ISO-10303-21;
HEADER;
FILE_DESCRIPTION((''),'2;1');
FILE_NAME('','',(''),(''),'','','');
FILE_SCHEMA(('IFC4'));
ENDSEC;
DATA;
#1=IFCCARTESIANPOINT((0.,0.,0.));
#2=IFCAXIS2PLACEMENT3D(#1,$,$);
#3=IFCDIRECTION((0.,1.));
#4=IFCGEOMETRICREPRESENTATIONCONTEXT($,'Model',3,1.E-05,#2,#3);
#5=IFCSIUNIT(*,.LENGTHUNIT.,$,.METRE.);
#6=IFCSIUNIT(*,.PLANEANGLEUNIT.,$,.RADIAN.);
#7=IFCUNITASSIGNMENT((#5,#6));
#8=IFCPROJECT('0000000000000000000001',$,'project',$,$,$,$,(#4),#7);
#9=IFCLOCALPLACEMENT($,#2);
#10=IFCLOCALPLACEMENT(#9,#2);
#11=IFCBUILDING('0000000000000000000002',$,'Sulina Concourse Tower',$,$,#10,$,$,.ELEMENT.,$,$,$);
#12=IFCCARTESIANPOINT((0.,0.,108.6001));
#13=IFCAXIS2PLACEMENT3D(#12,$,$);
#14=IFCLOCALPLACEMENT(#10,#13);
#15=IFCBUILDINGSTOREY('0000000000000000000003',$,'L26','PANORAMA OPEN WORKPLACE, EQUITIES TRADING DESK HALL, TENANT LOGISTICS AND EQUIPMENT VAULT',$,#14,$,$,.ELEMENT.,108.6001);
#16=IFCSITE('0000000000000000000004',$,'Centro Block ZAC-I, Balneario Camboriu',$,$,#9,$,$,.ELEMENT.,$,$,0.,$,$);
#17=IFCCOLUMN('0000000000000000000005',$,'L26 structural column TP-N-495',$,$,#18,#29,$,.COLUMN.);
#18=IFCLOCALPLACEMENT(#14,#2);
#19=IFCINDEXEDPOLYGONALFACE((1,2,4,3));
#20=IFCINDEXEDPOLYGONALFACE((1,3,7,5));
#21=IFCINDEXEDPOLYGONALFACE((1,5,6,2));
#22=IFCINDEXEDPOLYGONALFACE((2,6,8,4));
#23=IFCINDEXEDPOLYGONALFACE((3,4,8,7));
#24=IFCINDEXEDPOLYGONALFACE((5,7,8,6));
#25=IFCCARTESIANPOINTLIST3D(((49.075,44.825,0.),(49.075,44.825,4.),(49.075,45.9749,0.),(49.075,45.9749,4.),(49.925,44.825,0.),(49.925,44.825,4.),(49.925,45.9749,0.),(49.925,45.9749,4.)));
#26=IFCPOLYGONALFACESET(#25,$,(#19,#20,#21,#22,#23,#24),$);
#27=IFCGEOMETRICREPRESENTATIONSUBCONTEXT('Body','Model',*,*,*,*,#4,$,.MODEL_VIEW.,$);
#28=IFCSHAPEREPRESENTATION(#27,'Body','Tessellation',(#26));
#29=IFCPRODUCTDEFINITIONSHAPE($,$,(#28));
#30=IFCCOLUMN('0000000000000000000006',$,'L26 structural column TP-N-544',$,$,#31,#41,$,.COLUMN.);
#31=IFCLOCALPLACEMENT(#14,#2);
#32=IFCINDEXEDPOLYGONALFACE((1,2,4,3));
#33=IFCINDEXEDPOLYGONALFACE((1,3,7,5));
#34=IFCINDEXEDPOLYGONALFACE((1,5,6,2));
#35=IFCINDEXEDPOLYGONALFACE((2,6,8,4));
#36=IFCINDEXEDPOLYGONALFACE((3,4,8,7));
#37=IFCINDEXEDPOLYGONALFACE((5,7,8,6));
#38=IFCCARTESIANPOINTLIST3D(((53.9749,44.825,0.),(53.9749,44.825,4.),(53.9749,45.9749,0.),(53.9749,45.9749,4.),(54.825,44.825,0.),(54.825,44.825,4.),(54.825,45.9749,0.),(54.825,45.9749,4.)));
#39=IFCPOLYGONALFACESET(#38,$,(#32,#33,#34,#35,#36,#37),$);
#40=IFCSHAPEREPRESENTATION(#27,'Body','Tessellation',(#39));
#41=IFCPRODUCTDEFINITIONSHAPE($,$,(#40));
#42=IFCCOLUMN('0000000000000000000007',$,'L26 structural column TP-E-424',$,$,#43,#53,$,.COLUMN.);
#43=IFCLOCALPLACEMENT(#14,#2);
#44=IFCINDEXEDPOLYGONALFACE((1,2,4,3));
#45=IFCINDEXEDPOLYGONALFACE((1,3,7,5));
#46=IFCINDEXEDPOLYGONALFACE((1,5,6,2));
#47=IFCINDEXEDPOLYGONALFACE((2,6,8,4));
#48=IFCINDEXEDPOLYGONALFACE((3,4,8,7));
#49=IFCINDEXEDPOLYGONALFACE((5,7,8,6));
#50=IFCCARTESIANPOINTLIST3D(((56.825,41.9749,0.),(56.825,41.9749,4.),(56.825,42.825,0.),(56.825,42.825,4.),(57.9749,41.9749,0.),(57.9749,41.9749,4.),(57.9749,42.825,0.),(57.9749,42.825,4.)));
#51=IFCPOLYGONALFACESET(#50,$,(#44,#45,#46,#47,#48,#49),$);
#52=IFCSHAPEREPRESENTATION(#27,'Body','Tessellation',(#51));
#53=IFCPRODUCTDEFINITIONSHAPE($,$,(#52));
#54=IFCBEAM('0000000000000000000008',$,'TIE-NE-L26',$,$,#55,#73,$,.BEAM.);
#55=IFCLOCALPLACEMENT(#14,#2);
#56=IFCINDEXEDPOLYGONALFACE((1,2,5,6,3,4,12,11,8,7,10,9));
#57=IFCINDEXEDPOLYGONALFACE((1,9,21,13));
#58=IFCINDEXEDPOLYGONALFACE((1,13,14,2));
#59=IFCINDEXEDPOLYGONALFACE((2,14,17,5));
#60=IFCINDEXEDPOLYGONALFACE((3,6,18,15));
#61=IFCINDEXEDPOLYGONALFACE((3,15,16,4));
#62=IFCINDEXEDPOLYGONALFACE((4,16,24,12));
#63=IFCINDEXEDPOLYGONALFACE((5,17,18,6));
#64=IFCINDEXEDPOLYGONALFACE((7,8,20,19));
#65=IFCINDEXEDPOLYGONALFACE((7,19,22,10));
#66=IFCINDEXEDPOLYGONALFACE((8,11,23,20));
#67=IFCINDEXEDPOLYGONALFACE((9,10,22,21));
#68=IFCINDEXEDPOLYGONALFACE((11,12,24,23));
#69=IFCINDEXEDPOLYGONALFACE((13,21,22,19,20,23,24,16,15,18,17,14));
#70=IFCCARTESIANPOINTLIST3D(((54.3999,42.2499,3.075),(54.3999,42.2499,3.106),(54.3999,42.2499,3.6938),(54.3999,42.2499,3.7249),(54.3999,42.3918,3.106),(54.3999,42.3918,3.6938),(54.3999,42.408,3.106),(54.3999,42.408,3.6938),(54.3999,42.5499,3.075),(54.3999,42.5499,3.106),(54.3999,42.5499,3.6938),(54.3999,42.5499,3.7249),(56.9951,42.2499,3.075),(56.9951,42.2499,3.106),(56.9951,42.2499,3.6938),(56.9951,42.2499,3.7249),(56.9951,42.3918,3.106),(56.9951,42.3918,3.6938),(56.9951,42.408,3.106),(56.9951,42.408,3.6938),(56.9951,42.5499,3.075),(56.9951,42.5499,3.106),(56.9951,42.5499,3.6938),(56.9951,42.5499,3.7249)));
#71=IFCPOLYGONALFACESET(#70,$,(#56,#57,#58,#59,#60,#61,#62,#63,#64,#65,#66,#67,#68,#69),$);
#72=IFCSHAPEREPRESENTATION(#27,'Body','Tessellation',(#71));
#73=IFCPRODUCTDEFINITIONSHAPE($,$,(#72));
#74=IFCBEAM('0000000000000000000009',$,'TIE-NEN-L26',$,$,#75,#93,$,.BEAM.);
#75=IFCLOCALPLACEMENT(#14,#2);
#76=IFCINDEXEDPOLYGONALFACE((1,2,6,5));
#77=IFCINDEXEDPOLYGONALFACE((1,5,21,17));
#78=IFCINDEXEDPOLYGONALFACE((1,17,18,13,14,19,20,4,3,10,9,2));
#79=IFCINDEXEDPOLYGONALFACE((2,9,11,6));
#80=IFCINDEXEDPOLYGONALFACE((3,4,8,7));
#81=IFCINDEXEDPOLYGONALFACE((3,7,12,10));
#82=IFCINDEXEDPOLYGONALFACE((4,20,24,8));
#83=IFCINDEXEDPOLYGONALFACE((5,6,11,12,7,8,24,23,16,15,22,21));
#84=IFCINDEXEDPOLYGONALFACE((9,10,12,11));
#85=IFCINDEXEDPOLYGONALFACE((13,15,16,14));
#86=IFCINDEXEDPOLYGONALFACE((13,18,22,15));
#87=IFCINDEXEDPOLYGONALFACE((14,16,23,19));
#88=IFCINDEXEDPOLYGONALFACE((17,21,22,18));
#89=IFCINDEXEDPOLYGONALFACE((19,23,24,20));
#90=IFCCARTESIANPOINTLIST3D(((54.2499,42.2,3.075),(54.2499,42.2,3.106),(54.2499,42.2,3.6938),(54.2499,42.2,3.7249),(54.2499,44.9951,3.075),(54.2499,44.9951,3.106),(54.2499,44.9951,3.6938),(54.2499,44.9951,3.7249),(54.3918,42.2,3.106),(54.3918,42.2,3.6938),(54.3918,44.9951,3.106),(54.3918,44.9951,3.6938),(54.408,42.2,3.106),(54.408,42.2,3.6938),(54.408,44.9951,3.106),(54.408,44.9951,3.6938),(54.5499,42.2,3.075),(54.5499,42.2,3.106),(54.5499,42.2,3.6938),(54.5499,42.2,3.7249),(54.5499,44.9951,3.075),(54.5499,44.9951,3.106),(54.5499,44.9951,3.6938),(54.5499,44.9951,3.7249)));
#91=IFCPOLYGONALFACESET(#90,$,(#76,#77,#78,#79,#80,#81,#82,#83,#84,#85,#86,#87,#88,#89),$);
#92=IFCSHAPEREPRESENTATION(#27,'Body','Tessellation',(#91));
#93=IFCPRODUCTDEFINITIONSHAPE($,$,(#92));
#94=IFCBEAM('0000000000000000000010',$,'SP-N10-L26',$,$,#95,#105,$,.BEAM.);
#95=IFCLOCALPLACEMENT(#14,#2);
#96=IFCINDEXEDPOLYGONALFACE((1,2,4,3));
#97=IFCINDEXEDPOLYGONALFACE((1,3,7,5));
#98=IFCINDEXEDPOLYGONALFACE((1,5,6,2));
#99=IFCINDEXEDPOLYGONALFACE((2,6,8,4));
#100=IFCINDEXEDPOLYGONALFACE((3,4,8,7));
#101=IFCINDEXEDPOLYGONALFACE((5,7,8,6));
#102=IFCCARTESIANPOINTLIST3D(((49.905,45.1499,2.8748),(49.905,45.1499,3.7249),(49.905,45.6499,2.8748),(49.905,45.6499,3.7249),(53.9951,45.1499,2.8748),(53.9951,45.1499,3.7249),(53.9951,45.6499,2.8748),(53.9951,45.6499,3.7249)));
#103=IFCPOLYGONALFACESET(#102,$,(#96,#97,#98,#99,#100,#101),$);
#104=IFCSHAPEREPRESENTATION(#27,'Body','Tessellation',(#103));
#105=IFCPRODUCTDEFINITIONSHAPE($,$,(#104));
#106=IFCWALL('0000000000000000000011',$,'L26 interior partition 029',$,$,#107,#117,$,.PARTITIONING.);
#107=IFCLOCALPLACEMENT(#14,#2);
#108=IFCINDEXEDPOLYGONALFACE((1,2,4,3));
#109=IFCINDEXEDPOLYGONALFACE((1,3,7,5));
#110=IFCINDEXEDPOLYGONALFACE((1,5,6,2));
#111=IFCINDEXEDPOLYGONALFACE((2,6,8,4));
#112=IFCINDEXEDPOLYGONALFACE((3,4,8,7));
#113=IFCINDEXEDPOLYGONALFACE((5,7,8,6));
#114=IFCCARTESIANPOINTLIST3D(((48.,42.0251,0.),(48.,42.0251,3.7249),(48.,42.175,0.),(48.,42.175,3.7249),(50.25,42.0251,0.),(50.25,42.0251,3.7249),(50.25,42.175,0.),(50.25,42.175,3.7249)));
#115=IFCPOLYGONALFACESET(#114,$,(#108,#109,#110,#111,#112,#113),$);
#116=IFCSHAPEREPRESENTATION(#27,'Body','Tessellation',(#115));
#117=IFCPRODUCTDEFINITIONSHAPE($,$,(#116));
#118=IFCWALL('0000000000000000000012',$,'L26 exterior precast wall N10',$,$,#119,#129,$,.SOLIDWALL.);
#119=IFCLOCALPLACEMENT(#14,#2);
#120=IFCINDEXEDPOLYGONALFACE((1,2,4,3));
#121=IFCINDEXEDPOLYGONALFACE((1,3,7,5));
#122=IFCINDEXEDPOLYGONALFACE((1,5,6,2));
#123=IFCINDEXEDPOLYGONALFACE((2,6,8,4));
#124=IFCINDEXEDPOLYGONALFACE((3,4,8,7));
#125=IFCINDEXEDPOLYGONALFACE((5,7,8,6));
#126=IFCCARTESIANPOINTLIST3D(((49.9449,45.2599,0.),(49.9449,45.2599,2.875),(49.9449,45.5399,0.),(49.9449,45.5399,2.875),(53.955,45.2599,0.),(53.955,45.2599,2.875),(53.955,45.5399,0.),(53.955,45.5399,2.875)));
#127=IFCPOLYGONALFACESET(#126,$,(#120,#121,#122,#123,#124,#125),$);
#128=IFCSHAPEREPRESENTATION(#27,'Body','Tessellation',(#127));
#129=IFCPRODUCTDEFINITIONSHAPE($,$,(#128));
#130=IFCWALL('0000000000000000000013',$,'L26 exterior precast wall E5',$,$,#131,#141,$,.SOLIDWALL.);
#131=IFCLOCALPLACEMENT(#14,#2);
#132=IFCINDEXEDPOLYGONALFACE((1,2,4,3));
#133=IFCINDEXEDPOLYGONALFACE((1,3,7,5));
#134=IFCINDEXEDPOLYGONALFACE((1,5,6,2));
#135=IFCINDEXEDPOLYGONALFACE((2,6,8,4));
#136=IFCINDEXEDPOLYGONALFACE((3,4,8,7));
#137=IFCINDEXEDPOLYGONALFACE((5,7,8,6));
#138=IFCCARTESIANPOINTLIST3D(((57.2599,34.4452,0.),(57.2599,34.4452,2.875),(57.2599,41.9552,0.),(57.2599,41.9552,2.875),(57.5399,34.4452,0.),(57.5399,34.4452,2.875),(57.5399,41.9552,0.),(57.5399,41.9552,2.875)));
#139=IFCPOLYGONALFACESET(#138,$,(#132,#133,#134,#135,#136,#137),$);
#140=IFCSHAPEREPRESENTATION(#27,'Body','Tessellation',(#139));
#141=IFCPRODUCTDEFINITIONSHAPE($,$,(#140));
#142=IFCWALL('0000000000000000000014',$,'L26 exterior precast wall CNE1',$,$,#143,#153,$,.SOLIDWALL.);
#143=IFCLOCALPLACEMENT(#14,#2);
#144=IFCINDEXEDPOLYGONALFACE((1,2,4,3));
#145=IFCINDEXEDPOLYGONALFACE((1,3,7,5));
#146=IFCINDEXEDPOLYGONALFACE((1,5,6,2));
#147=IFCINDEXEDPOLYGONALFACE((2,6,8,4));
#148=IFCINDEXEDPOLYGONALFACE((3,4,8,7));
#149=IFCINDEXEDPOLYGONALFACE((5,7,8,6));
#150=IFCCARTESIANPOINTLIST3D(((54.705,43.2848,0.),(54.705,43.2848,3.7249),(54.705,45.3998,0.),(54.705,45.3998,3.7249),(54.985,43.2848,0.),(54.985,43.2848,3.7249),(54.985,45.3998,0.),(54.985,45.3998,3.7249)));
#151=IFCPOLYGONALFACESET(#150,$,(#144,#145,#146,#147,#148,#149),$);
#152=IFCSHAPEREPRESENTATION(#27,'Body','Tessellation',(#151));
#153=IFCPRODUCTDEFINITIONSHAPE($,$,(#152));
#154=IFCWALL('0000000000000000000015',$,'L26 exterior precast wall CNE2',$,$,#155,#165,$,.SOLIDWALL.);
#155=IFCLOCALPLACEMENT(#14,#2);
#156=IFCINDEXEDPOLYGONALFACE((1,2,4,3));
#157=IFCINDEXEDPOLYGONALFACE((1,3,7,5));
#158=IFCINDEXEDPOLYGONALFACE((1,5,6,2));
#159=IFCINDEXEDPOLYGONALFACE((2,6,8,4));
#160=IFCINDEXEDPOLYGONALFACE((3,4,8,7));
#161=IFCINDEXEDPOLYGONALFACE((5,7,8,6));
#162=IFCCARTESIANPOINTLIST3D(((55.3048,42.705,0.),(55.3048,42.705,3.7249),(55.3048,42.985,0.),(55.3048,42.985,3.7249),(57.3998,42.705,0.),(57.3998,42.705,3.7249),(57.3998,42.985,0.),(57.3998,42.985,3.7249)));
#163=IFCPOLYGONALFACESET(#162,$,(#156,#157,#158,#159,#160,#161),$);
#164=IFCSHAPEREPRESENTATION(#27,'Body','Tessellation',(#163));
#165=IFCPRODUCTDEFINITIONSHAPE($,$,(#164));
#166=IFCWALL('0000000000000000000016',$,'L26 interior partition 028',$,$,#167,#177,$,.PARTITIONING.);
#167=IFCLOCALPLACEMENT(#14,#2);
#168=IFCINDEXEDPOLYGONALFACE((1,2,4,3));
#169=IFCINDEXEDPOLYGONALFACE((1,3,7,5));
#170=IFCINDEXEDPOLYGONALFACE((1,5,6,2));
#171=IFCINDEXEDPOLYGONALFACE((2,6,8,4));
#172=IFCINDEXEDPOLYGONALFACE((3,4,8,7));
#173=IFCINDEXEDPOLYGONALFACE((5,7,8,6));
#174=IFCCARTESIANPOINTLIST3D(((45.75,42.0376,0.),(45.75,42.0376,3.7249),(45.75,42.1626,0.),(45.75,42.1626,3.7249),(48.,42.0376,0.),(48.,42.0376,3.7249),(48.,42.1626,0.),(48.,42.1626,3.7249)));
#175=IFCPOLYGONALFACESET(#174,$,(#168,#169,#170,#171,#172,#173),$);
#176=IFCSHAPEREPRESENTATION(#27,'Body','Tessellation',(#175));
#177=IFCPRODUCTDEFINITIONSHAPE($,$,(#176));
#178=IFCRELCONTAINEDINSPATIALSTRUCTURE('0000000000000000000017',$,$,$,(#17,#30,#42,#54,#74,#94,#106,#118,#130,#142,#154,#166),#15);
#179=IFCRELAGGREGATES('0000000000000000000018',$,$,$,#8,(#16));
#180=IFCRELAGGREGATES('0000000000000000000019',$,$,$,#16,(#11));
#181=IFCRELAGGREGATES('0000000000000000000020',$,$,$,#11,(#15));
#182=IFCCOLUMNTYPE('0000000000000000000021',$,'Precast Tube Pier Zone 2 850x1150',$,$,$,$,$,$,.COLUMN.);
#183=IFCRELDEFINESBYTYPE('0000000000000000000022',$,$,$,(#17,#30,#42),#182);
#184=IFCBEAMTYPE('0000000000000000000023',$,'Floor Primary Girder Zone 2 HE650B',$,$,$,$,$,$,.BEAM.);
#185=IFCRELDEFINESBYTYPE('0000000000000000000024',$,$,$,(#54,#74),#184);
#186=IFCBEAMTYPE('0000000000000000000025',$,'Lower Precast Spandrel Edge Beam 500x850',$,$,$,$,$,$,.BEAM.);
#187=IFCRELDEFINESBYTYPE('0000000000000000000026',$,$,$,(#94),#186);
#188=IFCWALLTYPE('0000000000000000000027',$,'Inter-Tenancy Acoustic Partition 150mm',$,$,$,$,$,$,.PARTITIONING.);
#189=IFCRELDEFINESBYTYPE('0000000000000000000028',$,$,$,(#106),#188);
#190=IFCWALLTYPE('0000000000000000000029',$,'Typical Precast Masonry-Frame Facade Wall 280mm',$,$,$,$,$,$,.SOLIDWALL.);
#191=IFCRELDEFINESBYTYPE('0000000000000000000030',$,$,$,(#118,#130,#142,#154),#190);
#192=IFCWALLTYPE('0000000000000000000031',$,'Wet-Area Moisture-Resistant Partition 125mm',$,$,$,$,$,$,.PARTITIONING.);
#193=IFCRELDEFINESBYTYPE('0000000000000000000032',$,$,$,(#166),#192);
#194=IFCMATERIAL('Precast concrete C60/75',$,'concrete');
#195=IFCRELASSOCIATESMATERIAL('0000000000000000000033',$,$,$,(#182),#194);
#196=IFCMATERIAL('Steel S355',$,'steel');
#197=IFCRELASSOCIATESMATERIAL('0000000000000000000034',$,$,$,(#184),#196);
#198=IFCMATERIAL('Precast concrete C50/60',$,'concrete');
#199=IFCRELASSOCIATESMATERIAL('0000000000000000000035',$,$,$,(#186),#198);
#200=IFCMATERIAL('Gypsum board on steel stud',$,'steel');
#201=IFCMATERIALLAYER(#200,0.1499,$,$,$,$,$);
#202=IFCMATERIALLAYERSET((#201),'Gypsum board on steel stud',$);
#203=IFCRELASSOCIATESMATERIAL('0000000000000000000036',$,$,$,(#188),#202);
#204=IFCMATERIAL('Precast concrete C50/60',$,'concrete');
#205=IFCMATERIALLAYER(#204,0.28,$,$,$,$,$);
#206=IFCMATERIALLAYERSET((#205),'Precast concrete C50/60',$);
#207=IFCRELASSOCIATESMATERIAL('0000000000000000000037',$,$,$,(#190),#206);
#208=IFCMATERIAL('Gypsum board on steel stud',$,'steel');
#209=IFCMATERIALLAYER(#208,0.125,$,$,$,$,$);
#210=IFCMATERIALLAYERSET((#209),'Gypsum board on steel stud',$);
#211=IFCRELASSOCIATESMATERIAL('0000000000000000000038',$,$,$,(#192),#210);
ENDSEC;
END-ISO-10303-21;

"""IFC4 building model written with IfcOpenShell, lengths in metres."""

from ifc_helpers import new_model, si_unit, direction, frame, frame_2d, origin, origin_2d, place, context, subcontext, project, spatial, rectangle, i_section, extrude, material, layer, layer_set, material_profile, profile_set, type_object, element, save


model = new_model("IFC4")

# Units and contexts
model_context = context("Model", 3, precision=1e-05, world=origin(), true_north=direction((0.0, 1.0)))
body_context = subcontext(model_context, "Body", "Model", "MODEL_VIEW")
ifc_project = project(units=[si_unit("LENGTHUNIT", "METRE"), si_unit("PLANEANGLEUNIT", "RADIAN")], contexts=[model_context])

# Site, building, storey
site_placement = place(None, origin())
site = spatial("IfcSite", under=ifc_project, at=site_placement, Name="Centro Block ZAC-I, Balneario Camboriu", CompositionType="ELEMENT", RefElevation=0.0)
building_placement = place(site_placement, origin())
building = spatial("IfcBuilding", under=site, at=building_placement, Name="Sulina Concourse Tower", CompositionType="ELEMENT")
storey_placement = place(building_placement, frame((0.0, 0.0, 108.6001)))
storey = spatial("IfcBuildingStorey", under=building, at=storey_placement, Name="L26", Description="PANORAMA OPEN WORKPLACE, EQUITIES TRADING DESK HALL, TENANT LOGISTICS AND EQUIPMENT VAULT", CompositionType="ELEMENT", Elevation=108.6001)

# Columns
ifc_material_1 = material(Name="Precast concrete C60/75", Category="concrete")
ifc_material_profile_1 = material_profile(ifc_material_1, rectangle(XDim=0.8501, YDim=1.1499, at=origin_2d()), Name="PC 850x1150")
ifc_profile_set_1 = profile_set([ifc_material_profile_1], Name="Precast concrete C60/75")
column_type = type_object("IfcColumnType", Name="Precast Tube Pier Zone 2 850x1150", PredefinedType="COLUMN", material=ifc_profile_set_1)
for number, where, z_axis, x_axis, name in (
    (1, (49.5, 45.3999, 0.0), (0.0, 0.0, 1.0), (1.0, 0.0, 0.0), "L26 structural column TP-N-495"),
    (2, (54.3999, 45.3999, 0.0), (0.0, 0.0, 1.0), (1.0, 0.0, 0.0), "L26 structural column TP-N-544"),
    (3, (57.3999, 42.3999, 0.0), (0.0, 0.0, 1.0), (0.0, 1.0, 0.0), "L26 structural column TP-E-424"),
):
    element("IfcColumn", number, at=place(storey_placement, frame(where, z_axis=z_axis, x_axis=x_axis)), inside=storey, type_object=column_type, Name=name, PredefinedType="COLUMN", context=body_context, shape_type="SweptSolid", body=[
        extrude(rectangle(XDim=0.8501, YDim=1.1499, at=origin_2d()), origin(), (0.0, 0.0, 1.0), 4.0),
    ])

# Beams
ifc_material_2 = material(Name="Steel S355", Category="steel")
ifc_material_profile_2 = material_profile(ifc_material_2, i_section(OverallWidth=0.3, OverallDepth=0.6499, WebThickness=0.0161, FlangeThickness=0.031, at=origin_2d()), Name="HE 650 B")
ifc_profile_set_2 = profile_set([ifc_material_profile_2], Name="Steel S355")
beam_type_1 = type_object("IfcBeamType", Name="Floor Primary Girder Zone 2 HE650B", PredefinedType="BEAM", material=ifc_profile_set_2)
beam_1_placement = place(storey_placement, frame((54.3999, 42.3999, 3.3999), z_axis=(1.0, 0.0, 0.0), x_axis=(0.0, 1.0, 0.0)))
element("IfcBeam", 4, at=beam_1_placement, inside=storey, type_object=beam_type_1, Name="TIE-NE-L26", PredefinedType="BEAM", context=body_context, shape_type="SweptSolid", body=[
    extrude(i_section(OverallWidth=0.3, OverallDepth=0.6499, WebThickness=0.0161, FlangeThickness=0.031, at=origin_2d()), origin(), (0.0, 0.0, 1.0), 2.5952),
])
beam_2_placement = place(storey_placement, frame((54.3999, 42.2, 3.3999), z_axis=(0.0, 1.0, 0.0), x_axis=(-1.0, 0.0, 0.0)))
element("IfcBeam", 5, at=beam_2_placement, inside=storey, type_object=beam_type_1, Name="TIE-NEN-L26", PredefinedType="BEAM", context=body_context, shape_type="SweptSolid", body=[
    extrude(i_section(OverallWidth=0.3, OverallDepth=0.6499, WebThickness=0.0161, FlangeThickness=0.031, at=origin_2d()), origin(), (0.0, 0.0, 1.0), 2.7952),
])
ifc_material_3 = material(Name="Precast concrete C50/60", Category="concrete")
ifc_material_profile_3 = material_profile(ifc_material_3, rectangle(XDim=0.5, YDim=0.8501, at=origin_2d()), Name="RC 500x850")
ifc_profile_set_3 = profile_set([ifc_material_profile_3], Name="Precast concrete C50/60")
beam_type_2 = type_object("IfcBeamType", Name="Lower Precast Spandrel Edge Beam 500x850", PredefinedType="BEAM", material=ifc_profile_set_3)
beam_3_placement = place(storey_placement, frame((49.905, 45.3999, 3.2998), z_axis=(1.0, 0.0, 0.0), x_axis=(0.0, 1.0, 0.0)))
element("IfcBeam", 6, at=beam_3_placement, inside=storey, type_object=beam_type_2, Name="SP-N10-L26", PredefinedType="BEAM", context=body_context, shape_type="SweptSolid", body=[
    extrude(rectangle(XDim=0.5, YDim=0.8501, at=origin_2d()), origin(), (0.0, 0.0, 1.0), 4.0901),
])

# Walls
ifc_material_4 = material(Name="Gypsum board on steel stud", Category="steel")
ifc_layer_1 = layer(ifc_material_4, 0.1499)
ifc_layer_set_1 = layer_set([ifc_layer_1], Name="Gypsum board on steel stud")
wall_type_1 = type_object("IfcWallType", Name="Inter-Tenancy Acoustic Partition 150mm", PredefinedType="PARTITIONING", material=ifc_layer_set_1)
wall_1_placement = place(storey_placement, frame((48.0, 42.1001, 0.0), z_axis=(0.0, 0.0, 1.0), x_axis=(1.0, 0.0, 0.0)))
element("IfcWall", 7, at=wall_1_placement, inside=storey, type_object=wall_type_1, Name="L26 interior partition 029", PredefinedType="PARTITIONING", context=body_context, shape_type="SweptSolid", body=[
    extrude(rectangle(XDim=2.25, YDim=0.1499, at=frame_2d((1.125, 0.0))), origin(), (0.0, 0.0, 1.0), 3.7249),
])
ifc_material_5 = material(Name="Precast concrete C50/60", Category="concrete")
ifc_layer_2 = layer(ifc_material_5, 0.28)
ifc_layer_set_2 = layer_set([ifc_layer_2], Name="Precast concrete C50/60")
wall_type_2 = type_object("IfcWallType", Name="Typical Precast Masonry-Frame Facade Wall 280mm", PredefinedType="SOLIDWALL", material=ifc_layer_set_2)
wall_2_placement = place(storey_placement, frame((49.9451, 45.3999, 0.0), z_axis=(0.0, 0.0, 1.0), x_axis=(1.0, 0.0, 0.0)))
element("IfcWall", 8, at=wall_2_placement, inside=storey, type_object=wall_type_2, Name="L26 exterior precast wall N10", PredefinedType="SOLIDWALL", context=body_context, shape_type="SweptSolid", body=[
    extrude(rectangle(XDim=4.01, YDim=0.28, at=frame_2d((2.0049, 0.0))), origin(), (0.0, 0.0, 1.0), 2.875),
])
wall_3_placement = place(storey_placement, frame((57.3999, 41.9551, 0.0), z_axis=(0.0, 0.0, 1.0), x_axis=(0.0, -1.0, 0.0)))
element("IfcWall", 9, at=wall_3_placement, inside=storey, type_object=wall_type_2, Name="L26 exterior precast wall E5", PredefinedType="SOLIDWALL", context=body_context, shape_type="SweptSolid", body=[
    extrude(rectangle(XDim=7.51, YDim=0.28, at=frame_2d((3.7549, 0.0))), origin(), (0.0, 0.0, 1.0), 2.875),
])
wall_4_placement = place(storey_placement, frame((54.845, 45.3999, 0.0), z_axis=(0.0, 0.0, 1.0), x_axis=(0.0, -1.0, 0.0)))
element("IfcWall", 10, at=wall_4_placement, inside=storey, type_object=wall_type_2, Name="L26 exterior precast wall CNE1", PredefinedType="SOLIDWALL", context=body_context, shape_type="SweptSolid", body=[
    extrude(rectangle(XDim=2.115, YDim=0.28, at=frame_2d((1.0576, 0.0))), origin(), (0.0, 0.0, 1.0), 3.7249),
])
wall_5_placement = place(storey_placement, frame((55.3049, 42.845, 0.0), z_axis=(0.0, 0.0, 1.0), x_axis=(1.0, 0.0, 0.0)))
element("IfcWall", 11, at=wall_5_placement, inside=storey, type_object=wall_type_2, Name="L26 exterior precast wall CNE2", PredefinedType="SOLIDWALL", context=body_context, shape_type="SweptSolid", body=[
    extrude(rectangle(XDim=2.095, YDim=0.28, at=frame_2d((1.0474, 0.0))), origin(), (0.0, 0.0, 1.0), 3.7249),
])
ifc_material_6 = material(Name="Gypsum board on steel stud", Category="steel")
ifc_layer_3 = layer(ifc_material_6, 0.125)
ifc_layer_set_3 = layer_set([ifc_layer_3], Name="Gypsum board on steel stud")
wall_type_3 = type_object("IfcWallType", Name="Wet-Area Moisture-Resistant Partition 125mm", PredefinedType="PARTITIONING", material=ifc_layer_set_3)
wall_6_placement = place(storey_placement, frame((45.75, 42.1001, 0.0), z_axis=(0.0, 0.0, 1.0), x_axis=(1.0, 0.0, 0.0)))
element("IfcWall", 12, at=wall_6_placement, inside=storey, type_object=wall_type_3, Name="L26 interior partition 028", PredefinedType="PARTITIONING", context=body_context, shape_type="SweptSolid", body=[
    extrude(rectangle(XDim=2.25, YDim=0.125, at=frame_2d((1.125, 0.0))), origin(), (0.0, 0.0, 1.0), 3.7249),
])

save(model, "model.ifc")
